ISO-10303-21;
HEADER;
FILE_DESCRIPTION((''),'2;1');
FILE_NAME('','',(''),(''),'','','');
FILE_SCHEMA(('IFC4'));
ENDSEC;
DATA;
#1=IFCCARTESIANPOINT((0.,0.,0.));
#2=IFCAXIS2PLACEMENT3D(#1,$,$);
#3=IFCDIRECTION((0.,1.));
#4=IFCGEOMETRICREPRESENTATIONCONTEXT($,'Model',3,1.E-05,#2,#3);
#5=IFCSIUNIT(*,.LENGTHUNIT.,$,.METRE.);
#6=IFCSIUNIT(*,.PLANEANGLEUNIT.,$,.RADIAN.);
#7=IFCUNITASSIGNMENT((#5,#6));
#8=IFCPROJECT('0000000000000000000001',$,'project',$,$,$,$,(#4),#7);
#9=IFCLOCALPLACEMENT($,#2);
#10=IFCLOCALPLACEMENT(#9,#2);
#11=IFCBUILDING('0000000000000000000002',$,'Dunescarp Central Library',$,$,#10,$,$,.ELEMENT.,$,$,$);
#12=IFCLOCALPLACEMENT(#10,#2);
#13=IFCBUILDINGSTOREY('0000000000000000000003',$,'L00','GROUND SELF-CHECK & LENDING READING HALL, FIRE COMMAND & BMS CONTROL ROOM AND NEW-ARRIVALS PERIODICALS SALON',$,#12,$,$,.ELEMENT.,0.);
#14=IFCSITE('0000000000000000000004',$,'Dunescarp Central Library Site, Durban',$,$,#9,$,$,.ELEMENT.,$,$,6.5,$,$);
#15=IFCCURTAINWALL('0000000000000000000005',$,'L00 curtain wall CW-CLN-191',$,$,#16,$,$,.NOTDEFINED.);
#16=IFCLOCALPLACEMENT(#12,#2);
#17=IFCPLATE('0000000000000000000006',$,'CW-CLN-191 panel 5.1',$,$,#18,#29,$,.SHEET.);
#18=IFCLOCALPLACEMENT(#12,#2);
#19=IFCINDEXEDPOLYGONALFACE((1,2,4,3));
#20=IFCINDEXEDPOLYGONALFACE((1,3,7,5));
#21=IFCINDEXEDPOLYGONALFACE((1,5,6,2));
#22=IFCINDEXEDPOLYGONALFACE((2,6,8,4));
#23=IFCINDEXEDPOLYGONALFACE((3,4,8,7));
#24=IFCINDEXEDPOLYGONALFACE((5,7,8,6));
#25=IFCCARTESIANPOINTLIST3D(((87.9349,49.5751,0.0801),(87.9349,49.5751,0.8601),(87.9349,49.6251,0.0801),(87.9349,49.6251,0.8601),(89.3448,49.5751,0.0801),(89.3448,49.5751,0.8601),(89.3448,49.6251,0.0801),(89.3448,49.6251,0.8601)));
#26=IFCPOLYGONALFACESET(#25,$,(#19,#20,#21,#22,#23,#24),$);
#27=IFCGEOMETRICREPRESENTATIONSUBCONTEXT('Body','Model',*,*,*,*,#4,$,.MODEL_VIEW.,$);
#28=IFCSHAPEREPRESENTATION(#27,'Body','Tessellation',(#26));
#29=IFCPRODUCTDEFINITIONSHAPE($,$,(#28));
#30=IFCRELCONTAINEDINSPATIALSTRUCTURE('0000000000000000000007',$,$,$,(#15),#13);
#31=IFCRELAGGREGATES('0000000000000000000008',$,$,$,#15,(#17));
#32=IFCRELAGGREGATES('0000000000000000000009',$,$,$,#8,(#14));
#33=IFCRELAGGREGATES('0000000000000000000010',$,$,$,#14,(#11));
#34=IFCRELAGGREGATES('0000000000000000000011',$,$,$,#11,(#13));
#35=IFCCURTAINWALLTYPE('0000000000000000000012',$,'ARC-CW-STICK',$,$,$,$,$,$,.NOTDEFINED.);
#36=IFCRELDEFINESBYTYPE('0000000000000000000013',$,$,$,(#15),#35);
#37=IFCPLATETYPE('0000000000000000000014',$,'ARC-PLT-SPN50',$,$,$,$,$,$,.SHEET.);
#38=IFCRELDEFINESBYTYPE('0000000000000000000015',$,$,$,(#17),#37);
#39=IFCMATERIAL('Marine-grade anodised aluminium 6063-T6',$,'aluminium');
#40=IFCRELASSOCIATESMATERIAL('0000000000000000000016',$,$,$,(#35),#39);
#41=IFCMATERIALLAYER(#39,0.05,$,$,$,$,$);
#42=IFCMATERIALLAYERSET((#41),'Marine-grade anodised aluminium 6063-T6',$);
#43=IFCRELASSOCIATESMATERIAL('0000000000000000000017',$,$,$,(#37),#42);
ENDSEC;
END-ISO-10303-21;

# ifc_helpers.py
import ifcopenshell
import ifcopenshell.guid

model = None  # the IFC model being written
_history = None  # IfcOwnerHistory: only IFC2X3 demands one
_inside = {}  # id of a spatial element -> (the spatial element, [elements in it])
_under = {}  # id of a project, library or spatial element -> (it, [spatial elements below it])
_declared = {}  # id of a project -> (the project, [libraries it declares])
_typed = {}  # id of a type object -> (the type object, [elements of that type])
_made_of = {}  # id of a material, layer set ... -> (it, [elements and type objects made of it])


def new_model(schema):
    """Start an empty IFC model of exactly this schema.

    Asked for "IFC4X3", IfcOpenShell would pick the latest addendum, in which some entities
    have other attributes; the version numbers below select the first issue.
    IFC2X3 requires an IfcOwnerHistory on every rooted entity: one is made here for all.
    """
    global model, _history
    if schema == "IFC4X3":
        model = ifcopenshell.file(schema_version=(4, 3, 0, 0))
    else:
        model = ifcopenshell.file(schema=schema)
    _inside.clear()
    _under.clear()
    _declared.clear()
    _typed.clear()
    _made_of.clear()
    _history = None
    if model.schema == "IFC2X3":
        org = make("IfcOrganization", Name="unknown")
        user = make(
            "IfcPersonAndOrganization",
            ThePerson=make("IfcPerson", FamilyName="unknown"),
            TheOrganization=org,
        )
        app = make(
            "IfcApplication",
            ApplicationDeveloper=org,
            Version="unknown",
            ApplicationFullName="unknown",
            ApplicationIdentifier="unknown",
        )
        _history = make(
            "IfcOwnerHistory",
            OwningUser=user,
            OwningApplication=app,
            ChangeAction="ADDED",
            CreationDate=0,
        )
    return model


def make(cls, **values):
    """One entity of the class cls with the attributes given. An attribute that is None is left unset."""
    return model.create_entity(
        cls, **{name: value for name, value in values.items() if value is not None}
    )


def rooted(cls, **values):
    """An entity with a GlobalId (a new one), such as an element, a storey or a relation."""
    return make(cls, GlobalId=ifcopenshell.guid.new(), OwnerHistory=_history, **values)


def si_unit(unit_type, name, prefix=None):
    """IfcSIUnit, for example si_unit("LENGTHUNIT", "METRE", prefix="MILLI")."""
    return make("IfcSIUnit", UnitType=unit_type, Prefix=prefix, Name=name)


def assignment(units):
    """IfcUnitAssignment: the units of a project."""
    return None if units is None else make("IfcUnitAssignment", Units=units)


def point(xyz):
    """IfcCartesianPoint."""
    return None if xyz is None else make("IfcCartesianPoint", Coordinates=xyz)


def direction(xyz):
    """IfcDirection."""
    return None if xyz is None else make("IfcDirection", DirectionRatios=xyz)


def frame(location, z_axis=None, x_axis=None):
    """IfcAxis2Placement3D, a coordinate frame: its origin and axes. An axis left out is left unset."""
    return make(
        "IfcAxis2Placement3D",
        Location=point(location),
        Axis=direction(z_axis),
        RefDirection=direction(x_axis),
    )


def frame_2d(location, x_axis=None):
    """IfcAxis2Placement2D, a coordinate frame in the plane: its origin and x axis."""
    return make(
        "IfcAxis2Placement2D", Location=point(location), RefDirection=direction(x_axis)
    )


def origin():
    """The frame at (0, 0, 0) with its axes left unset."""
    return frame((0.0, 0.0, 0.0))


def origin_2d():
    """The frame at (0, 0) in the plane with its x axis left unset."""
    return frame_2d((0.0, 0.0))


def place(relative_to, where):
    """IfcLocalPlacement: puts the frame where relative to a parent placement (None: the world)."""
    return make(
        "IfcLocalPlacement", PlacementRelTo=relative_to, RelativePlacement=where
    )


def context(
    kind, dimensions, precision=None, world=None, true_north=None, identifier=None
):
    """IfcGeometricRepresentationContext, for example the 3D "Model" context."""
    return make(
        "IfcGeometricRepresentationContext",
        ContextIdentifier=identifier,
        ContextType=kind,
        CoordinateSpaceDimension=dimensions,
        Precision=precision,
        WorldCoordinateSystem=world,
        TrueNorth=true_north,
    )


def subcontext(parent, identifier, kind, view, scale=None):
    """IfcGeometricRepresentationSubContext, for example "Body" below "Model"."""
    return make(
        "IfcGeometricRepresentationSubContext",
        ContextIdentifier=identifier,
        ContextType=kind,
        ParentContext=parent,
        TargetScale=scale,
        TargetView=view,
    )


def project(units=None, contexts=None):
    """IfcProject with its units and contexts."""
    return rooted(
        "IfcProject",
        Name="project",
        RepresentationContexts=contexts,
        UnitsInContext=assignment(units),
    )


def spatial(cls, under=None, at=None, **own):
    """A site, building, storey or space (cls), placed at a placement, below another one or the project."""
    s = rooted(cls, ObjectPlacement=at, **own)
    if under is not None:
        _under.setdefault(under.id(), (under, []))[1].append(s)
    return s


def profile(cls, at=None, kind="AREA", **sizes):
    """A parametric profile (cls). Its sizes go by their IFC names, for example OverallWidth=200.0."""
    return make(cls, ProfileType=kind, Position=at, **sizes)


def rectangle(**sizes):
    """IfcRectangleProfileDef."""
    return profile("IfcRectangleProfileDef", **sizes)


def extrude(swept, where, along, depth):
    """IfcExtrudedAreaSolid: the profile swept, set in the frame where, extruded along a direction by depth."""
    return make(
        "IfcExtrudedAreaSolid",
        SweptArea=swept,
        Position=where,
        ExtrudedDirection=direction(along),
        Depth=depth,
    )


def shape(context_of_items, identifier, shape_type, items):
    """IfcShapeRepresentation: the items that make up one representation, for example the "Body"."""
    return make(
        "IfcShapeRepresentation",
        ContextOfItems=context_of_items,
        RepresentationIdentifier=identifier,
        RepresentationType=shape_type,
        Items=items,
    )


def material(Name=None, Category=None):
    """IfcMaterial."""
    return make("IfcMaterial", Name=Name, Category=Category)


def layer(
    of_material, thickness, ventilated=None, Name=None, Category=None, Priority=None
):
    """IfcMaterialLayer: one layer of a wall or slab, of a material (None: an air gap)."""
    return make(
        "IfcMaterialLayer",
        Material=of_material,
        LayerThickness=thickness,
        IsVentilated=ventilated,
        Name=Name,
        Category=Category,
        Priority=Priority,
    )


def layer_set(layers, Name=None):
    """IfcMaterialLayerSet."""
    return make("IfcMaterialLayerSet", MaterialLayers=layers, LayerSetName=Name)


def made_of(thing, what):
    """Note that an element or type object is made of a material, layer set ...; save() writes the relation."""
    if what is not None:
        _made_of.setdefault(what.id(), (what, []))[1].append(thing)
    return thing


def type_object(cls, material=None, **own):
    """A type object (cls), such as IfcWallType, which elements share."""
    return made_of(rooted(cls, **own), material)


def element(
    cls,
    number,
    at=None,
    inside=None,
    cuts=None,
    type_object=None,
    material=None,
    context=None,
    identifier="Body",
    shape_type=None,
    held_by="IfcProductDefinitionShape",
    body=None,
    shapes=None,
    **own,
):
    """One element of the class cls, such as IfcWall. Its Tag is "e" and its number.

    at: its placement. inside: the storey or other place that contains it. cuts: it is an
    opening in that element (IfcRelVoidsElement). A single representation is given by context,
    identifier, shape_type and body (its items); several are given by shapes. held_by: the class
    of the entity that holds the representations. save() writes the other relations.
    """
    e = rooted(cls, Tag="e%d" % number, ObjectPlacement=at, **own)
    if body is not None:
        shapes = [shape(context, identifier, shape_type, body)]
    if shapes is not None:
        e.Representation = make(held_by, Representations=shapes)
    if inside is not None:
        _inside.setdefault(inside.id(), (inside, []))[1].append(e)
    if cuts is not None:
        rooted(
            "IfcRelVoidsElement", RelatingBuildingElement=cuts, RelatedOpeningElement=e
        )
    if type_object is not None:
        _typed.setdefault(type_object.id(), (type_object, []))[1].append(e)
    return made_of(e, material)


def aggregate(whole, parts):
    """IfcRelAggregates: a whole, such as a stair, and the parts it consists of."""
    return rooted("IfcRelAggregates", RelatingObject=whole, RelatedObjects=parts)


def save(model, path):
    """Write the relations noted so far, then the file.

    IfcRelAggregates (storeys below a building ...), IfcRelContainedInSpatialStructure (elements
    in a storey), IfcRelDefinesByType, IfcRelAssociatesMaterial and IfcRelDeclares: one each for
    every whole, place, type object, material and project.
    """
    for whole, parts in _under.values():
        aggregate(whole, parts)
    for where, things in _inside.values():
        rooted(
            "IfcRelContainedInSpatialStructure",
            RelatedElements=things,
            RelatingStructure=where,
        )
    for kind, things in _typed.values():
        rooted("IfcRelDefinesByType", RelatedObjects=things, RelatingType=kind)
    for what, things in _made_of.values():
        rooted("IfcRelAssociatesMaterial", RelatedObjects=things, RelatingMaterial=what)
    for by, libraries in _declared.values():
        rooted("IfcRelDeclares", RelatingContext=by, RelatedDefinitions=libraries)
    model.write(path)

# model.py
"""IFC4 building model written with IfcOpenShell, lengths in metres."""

from ifc_helpers import new_model, si_unit, direction, frame, origin, origin_2d, place, context, subcontext, project, spatial, rectangle, extrude, material, layer, layer_set, type_object, element, aggregate, save


model = new_model("IFC4")

# Units and contexts
model_context = context("Model", 3, precision=1e-05, world=origin(), true_north=direction((0.0, 1.0)))
body_context = subcontext(model_context, "Body", "Model", "MODEL_VIEW")
ifc_project = project(units=[si_unit("LENGTHUNIT", "METRE"), si_unit("PLANEANGLEUNIT", "RADIAN")], contexts=[model_context])

# Site, building, storey
site_placement = place(None, origin())
site = spatial("IfcSite", under=ifc_project, at=site_placement, Name="Dunescarp Central Library Site, Durban", CompositionType="ELEMENT", RefElevation=6.5)
building_placement = place(site_placement, origin())
building = spatial("IfcBuilding", under=site, at=building_placement, Name="Dunescarp Central Library", CompositionType="ELEMENT")
storey_placement = place(building_placement, origin())
storey = spatial("IfcBuildingStorey", under=building, at=storey_placement, Name="L00", Description="GROUND SELF-CHECK & LENDING READING HALL, FIRE COMMAND & BMS CONTROL ROOM AND NEW-ARRIVALS PERIODICALS SALON", CompositionType="ELEMENT", Elevation=0.0)

# Curtain wall, plate
ifc_material_1 = material(Name="Marine-grade anodised aluminium 6063-T6", Category="aluminium")
curtain_wall_type = type_object("IfcCurtainWallType", Name="ARC-CW-STICK", PredefinedType="NOTDEFINED", material=ifc_material_1)
curtain_wall_placement = place(storey_placement, origin())
curtain_wall = element("IfcCurtainWall", 1, at=curtain_wall_placement, inside=storey, type_object=curtain_wall_type, Name="L00 curtain wall CW-CLN-191", PredefinedType="NOTDEFINED")
ifc_layer_1 = layer(ifc_material_1, 0.05)
ifc_layer_set_1 = layer_set([ifc_layer_1], Name="Marine-grade anodised aluminium 6063-T6")
plate_type_1 = type_object("IfcPlateType", Name="ARC-PLT-SPN50", PredefinedType="SHEET", material=ifc_layer_set_1)
plate_1_placement = place(storey_placement, frame((88.6399, 49.6001, 0.0801), z_axis=(0.0, 0.0, 1.0), x_axis=(1.0, 0.0, 0.0)))
plate_1 = element("IfcPlate", 2, at=plate_1_placement, type_object=plate_type_1, Name="CW-CLN-191 panel 5.1", PredefinedType="SHEET", context=body_context, shape_type="SweptSolid", body=[
    extrude(rectangle(XDim=1.4099, YDim=0.05, at=origin_2d()), origin(), (0.0, 0.0, 1.0), 0.78),
])
aggregate(curtain_wall, [plate_1])

save(model, "model.ifc")
